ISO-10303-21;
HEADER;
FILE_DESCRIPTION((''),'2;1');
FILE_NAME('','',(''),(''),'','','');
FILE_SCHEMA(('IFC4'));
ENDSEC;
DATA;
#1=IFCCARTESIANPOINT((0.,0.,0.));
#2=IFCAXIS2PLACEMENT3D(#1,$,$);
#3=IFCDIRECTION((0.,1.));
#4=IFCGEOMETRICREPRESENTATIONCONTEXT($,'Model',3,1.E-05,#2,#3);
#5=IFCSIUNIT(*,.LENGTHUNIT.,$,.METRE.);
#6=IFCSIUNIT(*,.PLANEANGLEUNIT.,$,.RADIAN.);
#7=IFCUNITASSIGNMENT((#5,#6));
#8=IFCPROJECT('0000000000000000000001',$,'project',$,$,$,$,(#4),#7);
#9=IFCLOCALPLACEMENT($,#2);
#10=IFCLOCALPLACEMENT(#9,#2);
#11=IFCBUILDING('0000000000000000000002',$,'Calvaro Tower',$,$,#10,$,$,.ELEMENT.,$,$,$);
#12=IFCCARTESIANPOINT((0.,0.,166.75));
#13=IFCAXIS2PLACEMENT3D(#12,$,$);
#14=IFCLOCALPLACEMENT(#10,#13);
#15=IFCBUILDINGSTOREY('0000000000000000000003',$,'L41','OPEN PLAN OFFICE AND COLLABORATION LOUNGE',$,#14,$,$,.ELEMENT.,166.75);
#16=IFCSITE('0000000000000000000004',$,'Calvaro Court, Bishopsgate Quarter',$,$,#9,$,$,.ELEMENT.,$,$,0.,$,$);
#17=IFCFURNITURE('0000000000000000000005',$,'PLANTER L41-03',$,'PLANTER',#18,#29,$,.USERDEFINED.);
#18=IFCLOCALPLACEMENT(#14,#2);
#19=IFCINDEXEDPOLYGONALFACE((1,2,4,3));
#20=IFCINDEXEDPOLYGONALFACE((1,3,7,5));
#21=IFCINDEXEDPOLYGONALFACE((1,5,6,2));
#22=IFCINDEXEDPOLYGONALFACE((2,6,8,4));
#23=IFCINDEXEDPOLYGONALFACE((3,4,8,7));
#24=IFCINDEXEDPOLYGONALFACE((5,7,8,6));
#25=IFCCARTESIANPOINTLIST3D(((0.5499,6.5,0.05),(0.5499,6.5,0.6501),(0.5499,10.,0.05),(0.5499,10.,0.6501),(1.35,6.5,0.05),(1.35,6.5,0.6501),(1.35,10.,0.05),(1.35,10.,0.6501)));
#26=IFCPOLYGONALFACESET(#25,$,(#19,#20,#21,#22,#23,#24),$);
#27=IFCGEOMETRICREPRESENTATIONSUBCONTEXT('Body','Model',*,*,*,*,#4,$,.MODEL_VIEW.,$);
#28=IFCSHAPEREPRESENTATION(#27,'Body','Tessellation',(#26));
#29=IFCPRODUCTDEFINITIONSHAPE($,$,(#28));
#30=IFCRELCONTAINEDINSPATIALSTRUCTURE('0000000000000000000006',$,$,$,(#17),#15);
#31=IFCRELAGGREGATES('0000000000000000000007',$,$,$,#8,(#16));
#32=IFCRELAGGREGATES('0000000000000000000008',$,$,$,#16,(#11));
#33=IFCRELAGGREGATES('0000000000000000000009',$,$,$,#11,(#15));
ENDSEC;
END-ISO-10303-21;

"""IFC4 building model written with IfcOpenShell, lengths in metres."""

from ifc_helpers import new_model, si_unit, direction, frame, origin, origin_2d, place, context, subcontext, project, spatial, rectangle, extrude, element, save


model = new_model("IFC4")

# Units and contexts
model_context = context("Model", 3, precision=1e-05, world=origin(), true_north=direction((0.0, 1.0)))
body_context = subcontext(model_context, "Body", "Model", "MODEL_VIEW")
ifc_project = project(units=[si_unit("LENGTHUNIT", "METRE"), si_unit("PLANEANGLEUNIT", "RADIAN")], contexts=[model_context])

# Site, building, storey
site_placement = place(None, origin())
site = spatial("IfcSite", under=ifc_project, at=site_placement, Name="Calvaro Court, Bishopsgate Quarter", CompositionType="ELEMENT", RefElevation=0.0)
building_placement = place(site_placement, origin())
building = spatial("IfcBuilding", under=site, at=building_placement, Name="Calvaro Tower", CompositionType="ELEMENT")
storey_placement = place(building_placement, frame((0.0, 0.0, 166.75)))
storey = spatial("IfcBuildingStorey", under=building, at=storey_placement, Name="L41", Description="OPEN PLAN OFFICE AND COLLABORATION LOUNGE", CompositionType="ELEMENT", Elevation=166.75)

# Furniture
furniture_1_placement = place(storey_placement, frame((0.95, 8.25, 0.05), z_axis=(0.0, 0.0, 1.0), x_axis=(1.0, 0.0, 0.0)))
element("IfcFurniture", 1, at=furniture_1_placement, inside=storey, Name="PLANTER L41-03", ObjectType="PLANTER", PredefinedType="USERDEFINED", context=body_context, shape_type="SweptSolid", body=[
    extrude(rectangle(XDim=0.8, YDim=3.5, at=origin_2d()), origin(), (0.0, 0.0, 1.0), 0.6001),
])

save(model, "model.ifc")
